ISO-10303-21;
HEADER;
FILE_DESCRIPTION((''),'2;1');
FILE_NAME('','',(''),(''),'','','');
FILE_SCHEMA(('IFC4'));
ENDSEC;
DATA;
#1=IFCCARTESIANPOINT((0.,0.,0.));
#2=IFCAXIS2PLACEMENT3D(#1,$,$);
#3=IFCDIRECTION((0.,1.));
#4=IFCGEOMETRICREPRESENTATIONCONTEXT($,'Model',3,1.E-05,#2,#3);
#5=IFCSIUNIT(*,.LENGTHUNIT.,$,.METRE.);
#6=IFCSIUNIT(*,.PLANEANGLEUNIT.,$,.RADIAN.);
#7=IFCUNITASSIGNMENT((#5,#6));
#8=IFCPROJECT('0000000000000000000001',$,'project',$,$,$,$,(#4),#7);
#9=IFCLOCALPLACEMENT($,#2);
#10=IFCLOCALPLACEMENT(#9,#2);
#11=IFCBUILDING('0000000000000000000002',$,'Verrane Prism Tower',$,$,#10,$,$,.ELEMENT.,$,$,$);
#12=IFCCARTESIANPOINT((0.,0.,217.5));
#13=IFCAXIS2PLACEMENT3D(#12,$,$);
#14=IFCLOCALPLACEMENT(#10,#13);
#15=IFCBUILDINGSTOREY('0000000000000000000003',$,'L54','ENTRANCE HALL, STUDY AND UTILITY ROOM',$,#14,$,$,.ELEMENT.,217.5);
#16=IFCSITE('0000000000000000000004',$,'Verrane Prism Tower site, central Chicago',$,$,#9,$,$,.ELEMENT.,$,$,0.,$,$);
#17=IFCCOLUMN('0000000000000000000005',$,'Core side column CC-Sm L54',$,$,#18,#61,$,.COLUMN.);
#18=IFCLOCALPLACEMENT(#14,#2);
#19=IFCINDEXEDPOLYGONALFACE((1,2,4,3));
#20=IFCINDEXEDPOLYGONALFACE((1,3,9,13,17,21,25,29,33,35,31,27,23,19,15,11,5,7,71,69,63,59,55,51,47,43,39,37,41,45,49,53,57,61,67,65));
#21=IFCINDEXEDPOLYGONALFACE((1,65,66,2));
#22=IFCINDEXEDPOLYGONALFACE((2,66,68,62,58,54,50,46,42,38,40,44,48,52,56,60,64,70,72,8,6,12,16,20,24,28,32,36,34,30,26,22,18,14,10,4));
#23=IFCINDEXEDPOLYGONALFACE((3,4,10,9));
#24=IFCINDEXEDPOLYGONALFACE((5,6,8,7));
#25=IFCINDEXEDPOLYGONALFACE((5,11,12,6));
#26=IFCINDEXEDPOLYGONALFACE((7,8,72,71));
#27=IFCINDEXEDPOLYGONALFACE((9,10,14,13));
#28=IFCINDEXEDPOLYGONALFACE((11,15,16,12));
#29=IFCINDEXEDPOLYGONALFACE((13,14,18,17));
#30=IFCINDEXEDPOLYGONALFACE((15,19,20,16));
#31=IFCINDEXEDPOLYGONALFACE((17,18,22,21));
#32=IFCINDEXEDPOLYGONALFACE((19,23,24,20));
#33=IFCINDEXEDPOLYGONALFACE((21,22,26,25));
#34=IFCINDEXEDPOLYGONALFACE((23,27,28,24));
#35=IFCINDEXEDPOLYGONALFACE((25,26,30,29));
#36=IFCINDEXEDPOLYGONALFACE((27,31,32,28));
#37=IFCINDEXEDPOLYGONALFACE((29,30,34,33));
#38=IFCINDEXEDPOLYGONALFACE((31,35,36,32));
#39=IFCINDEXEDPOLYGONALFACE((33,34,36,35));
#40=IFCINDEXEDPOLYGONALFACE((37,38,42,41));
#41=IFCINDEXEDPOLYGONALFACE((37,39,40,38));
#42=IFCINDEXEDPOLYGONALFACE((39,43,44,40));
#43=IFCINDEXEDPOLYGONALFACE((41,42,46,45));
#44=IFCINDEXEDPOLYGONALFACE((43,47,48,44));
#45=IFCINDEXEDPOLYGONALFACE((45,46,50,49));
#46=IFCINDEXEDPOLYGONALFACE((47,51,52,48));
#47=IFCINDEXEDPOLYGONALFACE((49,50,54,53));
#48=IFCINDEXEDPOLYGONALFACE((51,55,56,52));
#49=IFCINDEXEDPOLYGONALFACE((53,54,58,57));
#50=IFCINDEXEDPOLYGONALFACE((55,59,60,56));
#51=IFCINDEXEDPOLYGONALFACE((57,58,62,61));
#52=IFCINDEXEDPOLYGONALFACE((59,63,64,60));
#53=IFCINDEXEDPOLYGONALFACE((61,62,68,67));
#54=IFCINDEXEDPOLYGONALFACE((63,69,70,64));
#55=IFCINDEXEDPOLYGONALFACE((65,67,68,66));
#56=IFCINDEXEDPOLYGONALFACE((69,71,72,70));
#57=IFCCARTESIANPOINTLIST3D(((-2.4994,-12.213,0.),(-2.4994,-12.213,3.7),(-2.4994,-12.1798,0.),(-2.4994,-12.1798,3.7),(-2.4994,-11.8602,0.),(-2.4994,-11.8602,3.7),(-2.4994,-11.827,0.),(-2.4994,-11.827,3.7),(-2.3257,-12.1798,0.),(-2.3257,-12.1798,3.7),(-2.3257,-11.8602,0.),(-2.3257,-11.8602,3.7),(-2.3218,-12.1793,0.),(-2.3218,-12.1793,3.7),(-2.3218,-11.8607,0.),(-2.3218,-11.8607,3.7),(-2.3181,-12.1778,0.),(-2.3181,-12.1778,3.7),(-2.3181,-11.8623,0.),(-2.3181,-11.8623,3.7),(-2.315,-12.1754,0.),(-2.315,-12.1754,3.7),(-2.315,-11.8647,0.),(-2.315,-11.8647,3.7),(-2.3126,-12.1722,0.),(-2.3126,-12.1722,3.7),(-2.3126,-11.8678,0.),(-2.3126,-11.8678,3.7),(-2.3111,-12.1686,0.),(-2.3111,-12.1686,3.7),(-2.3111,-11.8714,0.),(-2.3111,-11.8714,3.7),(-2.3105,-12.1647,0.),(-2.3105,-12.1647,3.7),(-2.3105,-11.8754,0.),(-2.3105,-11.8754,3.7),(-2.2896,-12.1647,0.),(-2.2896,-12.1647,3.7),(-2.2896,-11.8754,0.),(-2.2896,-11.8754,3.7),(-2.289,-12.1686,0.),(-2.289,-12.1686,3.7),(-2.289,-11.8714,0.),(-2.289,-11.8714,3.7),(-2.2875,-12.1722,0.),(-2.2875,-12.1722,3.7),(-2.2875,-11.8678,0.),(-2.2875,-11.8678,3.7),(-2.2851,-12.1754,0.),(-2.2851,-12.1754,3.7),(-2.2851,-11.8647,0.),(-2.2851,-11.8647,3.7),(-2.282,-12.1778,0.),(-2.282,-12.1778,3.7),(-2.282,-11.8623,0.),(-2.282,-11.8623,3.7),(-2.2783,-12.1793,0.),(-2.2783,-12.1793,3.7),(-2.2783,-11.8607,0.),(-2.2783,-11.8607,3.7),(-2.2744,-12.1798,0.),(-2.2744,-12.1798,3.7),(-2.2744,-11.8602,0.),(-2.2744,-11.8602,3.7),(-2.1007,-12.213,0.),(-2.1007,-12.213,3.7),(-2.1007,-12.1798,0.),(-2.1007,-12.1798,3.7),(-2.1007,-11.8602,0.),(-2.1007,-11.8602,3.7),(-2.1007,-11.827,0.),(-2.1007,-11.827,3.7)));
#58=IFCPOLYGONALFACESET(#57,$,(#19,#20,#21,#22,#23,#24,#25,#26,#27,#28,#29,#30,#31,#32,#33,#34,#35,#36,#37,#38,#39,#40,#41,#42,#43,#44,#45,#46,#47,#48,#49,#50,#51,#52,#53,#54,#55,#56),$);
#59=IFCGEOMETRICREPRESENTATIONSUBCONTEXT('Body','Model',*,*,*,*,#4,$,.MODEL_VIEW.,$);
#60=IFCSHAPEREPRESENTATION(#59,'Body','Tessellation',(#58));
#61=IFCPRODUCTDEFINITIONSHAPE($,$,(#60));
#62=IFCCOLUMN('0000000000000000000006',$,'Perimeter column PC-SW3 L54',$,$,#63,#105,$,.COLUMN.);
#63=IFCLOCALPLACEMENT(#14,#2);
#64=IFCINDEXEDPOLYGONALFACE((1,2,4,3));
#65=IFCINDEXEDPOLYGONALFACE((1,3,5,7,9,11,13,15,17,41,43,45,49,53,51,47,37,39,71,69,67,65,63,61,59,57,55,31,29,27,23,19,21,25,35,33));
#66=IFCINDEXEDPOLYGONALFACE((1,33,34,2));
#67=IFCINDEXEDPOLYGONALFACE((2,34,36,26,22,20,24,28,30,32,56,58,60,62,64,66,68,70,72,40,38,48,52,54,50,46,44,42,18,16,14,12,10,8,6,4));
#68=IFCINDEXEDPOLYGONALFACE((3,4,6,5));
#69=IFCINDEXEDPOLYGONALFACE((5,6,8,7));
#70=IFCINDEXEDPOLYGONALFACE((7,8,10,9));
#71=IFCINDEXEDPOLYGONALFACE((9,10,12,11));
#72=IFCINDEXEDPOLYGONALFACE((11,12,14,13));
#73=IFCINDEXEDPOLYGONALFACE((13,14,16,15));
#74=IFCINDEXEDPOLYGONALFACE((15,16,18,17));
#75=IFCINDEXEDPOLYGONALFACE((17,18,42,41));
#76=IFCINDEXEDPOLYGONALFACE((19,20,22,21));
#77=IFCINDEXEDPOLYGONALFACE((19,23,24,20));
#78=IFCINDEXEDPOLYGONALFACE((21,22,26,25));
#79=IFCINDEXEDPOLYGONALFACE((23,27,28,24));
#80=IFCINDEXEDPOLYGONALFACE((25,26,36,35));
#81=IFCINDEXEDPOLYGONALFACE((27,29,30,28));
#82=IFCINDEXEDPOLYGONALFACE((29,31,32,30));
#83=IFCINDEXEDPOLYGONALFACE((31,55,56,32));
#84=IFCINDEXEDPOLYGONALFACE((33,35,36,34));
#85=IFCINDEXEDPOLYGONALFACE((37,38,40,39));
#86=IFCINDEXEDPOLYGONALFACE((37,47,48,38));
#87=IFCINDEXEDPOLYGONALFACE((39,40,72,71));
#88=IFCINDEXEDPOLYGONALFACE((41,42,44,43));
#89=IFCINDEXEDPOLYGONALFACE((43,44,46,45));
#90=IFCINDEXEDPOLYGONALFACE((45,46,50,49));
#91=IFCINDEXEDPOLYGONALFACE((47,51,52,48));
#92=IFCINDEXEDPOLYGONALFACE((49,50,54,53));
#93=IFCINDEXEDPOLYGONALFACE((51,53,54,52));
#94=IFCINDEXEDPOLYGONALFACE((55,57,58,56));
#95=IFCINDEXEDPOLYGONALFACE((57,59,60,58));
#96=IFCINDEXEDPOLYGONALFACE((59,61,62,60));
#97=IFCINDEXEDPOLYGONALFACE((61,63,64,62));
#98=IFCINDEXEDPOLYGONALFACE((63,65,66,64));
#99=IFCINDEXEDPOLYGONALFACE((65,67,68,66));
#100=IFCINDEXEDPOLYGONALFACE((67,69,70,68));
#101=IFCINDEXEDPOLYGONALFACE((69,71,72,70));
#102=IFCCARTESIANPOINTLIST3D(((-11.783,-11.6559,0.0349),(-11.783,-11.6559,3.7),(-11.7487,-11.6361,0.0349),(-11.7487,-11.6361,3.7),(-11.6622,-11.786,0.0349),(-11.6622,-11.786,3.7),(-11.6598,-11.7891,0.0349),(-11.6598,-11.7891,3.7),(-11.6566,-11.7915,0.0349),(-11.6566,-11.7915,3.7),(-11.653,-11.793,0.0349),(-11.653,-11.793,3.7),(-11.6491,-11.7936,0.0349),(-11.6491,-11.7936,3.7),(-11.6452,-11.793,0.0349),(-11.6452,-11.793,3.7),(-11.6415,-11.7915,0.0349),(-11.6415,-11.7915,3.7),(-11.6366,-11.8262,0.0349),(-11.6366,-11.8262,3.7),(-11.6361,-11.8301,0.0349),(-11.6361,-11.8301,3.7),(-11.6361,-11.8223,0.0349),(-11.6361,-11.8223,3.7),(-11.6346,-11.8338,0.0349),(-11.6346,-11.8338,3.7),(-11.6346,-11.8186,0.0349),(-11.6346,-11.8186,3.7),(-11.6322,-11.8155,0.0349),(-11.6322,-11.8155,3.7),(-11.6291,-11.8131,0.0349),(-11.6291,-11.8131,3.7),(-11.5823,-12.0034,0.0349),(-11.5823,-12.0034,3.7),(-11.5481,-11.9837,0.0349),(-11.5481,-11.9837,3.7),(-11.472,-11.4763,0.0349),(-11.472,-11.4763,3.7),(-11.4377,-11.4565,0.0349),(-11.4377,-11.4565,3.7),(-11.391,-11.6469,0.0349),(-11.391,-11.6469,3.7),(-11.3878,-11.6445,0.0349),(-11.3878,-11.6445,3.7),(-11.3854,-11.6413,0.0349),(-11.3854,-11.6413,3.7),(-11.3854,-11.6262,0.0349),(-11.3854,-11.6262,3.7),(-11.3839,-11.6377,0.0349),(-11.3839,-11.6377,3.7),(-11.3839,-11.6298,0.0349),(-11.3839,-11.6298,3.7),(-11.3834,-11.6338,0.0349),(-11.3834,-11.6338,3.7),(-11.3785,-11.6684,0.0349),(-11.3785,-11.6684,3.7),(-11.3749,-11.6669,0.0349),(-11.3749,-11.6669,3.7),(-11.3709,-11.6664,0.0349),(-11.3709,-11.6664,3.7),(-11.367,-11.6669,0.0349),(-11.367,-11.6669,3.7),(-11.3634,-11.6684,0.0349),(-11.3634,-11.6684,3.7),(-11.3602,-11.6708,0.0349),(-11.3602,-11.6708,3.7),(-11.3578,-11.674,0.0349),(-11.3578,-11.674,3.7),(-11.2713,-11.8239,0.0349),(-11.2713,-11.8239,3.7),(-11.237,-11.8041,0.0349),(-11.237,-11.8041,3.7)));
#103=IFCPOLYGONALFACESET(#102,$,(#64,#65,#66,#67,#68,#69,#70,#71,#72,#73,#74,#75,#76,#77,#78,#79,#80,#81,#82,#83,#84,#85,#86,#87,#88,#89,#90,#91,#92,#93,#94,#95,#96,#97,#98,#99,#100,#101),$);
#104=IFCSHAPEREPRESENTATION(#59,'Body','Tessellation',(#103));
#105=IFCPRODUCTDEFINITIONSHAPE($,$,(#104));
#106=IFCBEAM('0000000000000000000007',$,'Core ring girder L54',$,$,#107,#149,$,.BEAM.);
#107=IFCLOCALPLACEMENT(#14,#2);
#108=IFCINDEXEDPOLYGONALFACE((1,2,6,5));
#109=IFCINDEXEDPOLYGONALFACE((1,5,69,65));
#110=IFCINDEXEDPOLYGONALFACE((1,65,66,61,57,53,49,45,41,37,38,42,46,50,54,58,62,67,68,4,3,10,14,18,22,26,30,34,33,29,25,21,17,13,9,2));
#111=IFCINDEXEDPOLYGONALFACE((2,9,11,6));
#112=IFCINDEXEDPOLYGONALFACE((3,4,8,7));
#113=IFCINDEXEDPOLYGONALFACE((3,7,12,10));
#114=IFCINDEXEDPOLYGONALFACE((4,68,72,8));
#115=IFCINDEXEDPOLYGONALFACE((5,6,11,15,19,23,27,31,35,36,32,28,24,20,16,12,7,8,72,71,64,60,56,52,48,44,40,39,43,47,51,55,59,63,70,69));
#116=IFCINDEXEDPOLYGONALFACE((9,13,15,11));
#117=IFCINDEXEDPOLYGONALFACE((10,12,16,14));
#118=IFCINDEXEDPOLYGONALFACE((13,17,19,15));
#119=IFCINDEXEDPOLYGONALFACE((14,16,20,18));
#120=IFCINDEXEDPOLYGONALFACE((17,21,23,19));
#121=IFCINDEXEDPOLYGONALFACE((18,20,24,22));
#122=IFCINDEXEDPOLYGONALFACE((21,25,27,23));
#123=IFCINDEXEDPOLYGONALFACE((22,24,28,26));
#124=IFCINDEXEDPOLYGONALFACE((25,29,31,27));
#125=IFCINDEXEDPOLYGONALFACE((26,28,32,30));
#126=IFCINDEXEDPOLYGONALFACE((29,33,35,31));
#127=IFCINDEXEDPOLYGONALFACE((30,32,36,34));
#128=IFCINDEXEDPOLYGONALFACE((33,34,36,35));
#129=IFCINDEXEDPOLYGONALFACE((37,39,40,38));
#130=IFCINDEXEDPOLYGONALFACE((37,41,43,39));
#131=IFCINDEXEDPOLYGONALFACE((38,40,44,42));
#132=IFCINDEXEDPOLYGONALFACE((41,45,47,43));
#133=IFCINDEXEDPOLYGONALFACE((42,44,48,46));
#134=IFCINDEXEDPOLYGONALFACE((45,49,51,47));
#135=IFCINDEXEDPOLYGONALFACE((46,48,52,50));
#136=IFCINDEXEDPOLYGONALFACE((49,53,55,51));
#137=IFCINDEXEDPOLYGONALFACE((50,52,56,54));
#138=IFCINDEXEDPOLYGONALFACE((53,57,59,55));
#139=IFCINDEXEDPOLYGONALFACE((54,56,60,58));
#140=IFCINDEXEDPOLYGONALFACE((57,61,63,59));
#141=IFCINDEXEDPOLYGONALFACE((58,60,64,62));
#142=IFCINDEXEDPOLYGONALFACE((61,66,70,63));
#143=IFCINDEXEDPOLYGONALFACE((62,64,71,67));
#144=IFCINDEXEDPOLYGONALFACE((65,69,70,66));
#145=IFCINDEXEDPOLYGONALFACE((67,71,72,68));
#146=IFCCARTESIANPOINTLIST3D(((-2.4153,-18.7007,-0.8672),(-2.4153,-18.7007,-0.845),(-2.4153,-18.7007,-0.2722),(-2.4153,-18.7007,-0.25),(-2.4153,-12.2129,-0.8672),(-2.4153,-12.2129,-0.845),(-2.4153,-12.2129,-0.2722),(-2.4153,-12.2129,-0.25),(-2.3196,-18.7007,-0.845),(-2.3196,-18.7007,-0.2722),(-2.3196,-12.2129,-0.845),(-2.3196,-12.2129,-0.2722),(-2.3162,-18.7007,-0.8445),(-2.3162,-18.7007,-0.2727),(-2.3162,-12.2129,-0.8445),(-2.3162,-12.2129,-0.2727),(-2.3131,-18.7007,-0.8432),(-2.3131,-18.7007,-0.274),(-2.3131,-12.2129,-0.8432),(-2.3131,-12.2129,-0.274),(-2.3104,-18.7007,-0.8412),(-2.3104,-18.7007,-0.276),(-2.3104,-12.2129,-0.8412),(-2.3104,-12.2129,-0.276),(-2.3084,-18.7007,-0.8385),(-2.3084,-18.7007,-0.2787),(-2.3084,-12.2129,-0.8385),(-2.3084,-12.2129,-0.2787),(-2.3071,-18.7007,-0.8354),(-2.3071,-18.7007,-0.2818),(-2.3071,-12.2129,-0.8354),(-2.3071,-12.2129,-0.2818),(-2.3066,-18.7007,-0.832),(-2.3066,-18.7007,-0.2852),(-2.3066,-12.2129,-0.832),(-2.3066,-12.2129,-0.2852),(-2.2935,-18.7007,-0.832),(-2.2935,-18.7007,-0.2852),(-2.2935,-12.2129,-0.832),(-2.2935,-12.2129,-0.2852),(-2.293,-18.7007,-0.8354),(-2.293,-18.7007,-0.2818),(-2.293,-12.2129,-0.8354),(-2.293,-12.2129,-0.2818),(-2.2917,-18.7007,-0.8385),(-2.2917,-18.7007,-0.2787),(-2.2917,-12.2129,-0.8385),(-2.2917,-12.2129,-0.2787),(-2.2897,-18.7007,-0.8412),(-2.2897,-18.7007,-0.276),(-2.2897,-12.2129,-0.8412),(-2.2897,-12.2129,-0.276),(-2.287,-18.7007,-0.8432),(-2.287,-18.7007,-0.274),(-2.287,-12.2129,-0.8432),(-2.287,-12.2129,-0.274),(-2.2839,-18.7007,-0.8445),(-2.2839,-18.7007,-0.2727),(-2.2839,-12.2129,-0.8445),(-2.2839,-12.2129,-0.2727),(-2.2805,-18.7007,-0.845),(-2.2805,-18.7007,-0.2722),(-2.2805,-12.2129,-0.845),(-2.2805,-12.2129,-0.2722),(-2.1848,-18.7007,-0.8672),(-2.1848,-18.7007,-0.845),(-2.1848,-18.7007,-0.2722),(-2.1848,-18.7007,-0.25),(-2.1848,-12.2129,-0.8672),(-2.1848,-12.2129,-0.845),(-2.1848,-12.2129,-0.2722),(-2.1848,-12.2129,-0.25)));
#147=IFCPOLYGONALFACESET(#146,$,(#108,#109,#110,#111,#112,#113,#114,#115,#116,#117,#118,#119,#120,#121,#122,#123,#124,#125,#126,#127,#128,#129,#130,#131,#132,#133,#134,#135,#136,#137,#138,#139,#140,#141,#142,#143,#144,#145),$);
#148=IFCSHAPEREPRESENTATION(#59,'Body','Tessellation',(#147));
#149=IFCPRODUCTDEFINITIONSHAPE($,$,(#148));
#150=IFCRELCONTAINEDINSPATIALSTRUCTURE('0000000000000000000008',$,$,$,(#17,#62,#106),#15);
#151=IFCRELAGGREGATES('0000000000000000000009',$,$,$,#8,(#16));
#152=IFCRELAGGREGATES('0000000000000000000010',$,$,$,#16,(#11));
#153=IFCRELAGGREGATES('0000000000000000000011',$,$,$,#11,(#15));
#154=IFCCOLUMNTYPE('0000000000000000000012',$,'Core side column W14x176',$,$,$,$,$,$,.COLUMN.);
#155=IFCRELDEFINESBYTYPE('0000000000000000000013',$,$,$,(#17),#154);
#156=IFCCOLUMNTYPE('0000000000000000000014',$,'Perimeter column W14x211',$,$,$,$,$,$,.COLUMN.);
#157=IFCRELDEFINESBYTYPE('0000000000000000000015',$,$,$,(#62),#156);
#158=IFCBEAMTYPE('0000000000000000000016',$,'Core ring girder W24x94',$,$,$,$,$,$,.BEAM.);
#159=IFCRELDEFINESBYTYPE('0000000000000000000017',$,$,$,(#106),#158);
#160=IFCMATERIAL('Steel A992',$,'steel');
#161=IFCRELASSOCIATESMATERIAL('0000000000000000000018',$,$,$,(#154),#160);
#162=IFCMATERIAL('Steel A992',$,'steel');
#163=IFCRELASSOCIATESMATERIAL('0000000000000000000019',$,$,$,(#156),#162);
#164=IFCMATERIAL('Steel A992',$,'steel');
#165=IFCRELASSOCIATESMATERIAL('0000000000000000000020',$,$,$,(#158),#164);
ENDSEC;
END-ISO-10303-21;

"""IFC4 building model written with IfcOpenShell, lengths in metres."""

from ifc_helpers import new_model, si_unit, direction, frame, origin, origin_2d, place, context, subcontext, project, spatial, i_section, extrude, material, material_profile, profile_set, type_object, element, save


model = new_model("IFC4")

# Units and contexts
model_context = context("Model", 3, precision=1e-05, world=origin(), true_north=direction((0.0, 1.0)))
body_context = subcontext(model_context, "Body", "Model", "MODEL_VIEW")
ifc_project = project(units=[si_unit("LENGTHUNIT", "METRE"), si_unit("PLANEANGLEUNIT", "RADIAN")], contexts=[model_context])

# Site, building, storey
site_placement = place(None, origin())
site = spatial("IfcSite", under=ifc_project, at=site_placement, Name="Verrane Prism Tower site, central Chicago", CompositionType="ELEMENT", RefElevation=0.0)
building_placement = place(site_placement, origin())
building = spatial("IfcBuilding", under=site, at=building_placement, Name="Verrane Prism Tower", CompositionType="ELEMENT")
storey_placement = place(building_placement, frame((0.0, 0.0, 217.5)))
storey = spatial("IfcBuildingStorey", under=building, at=storey_placement, Name="L54", Description="ENTRANCE HALL, STUDY AND UTILITY ROOM", CompositionType="ELEMENT", Elevation=217.5)

# Columns
ifc_material_1 = material(Name="Steel A992", Category="steel")
ifc_material_profile_1 = material_profile(ifc_material_1, i_section(OverallWidth=0.3987, OverallDepth=0.386, WebThickness=0.021, FlangeThickness=0.0332, FilletRadius=0.0151, at=origin_2d()), Name="W14x176")
ifc_profile_set_1 = profile_set([ifc_material_profile_1], Name="Steel A992")
column_type_1 = type_object("IfcColumnType", Name="Core side column W14x176", PredefinedType="COLUMN", material=ifc_profile_set_1)
column_1_placement = place(storey_placement, frame((-2.3, -12.02, 0.0), z_axis=(0.0, 0.0, 1.0), x_axis=(1.0, 0.0, 0.0)))
element("IfcColumn", 1, at=column_1_placement, inside=storey, type_object=column_type_1, Name="Core side column CC-Sm L54", PredefinedType="COLUMN", context=body_context, shape_type="SweptSolid", body=[
    extrude(i_section(OverallWidth=0.3987, OverallDepth=0.386, WebThickness=0.021, FlangeThickness=0.0332, FilletRadius=0.0151, at=origin_2d()), origin(), (0.0, 0.0, 1.0), 3.7),
])
ifc_material_2 = material(Name="Steel A992", Category="steel")
ifc_material_profile_2 = material_profile(ifc_material_2, i_section(OverallWidth=0.4014, OverallDepth=0.3987, WebThickness=0.0249, FlangeThickness=0.0396, FilletRadius=0.0151, at=origin_2d()), Name="W14x211")
ifc_profile_set_2 = profile_set([ifc_material_profile_2], Name="Steel A992")
column_type_2 = type_object("IfcColumnType", Name="Perimeter column W14x211", PredefinedType="COLUMN", material=ifc_profile_set_2)
column_2_placement = place(storey_placement, frame((-11.51, -11.73, 0.0349), z_axis=(0.0, 0.0, 1.0), x_axis=(-0.5, 0.866025, 0.0)))
element("IfcColumn", 2, at=column_2_placement, inside=storey, type_object=column_type_2, Name="Perimeter column PC-SW3 L54", PredefinedType="COLUMN", context=body_context, shape_type="SweptSolid", body=[
    extrude(i_section(OverallWidth=0.4014, OverallDepth=0.3987, WebThickness=0.0249, FlangeThickness=0.0396, FilletRadius=0.0151, at=origin_2d()), origin(), (0.0, 0.0, 1.0), 3.665),
])

# Beam
ifc_material_3 = material(Name="Steel A992", Category="steel")
ifc_material_profile_3 = material_profile(ifc_material_3, i_section(OverallWidth=0.2305, OverallDepth=0.6172, WebThickness=0.0132, FlangeThickness=0.0222, FilletRadius=0.0129, at=origin_2d()), Name="W24x94")
ifc_profile_set_3 = profile_set([ifc_material_profile_3], Name="Steel A992")
beam_type_1 = type_object("IfcBeamType", Name="Core ring girder W24x94", PredefinedType="BEAM", material=ifc_profile_set_3)
beam_1_placement = place(storey_placement, frame((-2.3, -12.2129, -0.5586), z_axis=(0.0, -1.0, 0.0), x_axis=(1.0, 0.0, 0.0)))
element("IfcBeam", 3, at=beam_1_placement, inside=storey, type_object=beam_type_1, Name="Core ring girder L54", PredefinedType="BEAM", context=body_context, shape_type="SweptSolid", body=[
    extrude(i_section(OverallWidth=0.2305, OverallDepth=0.6172, WebThickness=0.0132, FlangeThickness=0.0222, FilletRadius=0.0129, at=origin_2d()), origin(), (0.0, 0.0, 1.0), 6.4878),
])

save(model, "model.ifc")
